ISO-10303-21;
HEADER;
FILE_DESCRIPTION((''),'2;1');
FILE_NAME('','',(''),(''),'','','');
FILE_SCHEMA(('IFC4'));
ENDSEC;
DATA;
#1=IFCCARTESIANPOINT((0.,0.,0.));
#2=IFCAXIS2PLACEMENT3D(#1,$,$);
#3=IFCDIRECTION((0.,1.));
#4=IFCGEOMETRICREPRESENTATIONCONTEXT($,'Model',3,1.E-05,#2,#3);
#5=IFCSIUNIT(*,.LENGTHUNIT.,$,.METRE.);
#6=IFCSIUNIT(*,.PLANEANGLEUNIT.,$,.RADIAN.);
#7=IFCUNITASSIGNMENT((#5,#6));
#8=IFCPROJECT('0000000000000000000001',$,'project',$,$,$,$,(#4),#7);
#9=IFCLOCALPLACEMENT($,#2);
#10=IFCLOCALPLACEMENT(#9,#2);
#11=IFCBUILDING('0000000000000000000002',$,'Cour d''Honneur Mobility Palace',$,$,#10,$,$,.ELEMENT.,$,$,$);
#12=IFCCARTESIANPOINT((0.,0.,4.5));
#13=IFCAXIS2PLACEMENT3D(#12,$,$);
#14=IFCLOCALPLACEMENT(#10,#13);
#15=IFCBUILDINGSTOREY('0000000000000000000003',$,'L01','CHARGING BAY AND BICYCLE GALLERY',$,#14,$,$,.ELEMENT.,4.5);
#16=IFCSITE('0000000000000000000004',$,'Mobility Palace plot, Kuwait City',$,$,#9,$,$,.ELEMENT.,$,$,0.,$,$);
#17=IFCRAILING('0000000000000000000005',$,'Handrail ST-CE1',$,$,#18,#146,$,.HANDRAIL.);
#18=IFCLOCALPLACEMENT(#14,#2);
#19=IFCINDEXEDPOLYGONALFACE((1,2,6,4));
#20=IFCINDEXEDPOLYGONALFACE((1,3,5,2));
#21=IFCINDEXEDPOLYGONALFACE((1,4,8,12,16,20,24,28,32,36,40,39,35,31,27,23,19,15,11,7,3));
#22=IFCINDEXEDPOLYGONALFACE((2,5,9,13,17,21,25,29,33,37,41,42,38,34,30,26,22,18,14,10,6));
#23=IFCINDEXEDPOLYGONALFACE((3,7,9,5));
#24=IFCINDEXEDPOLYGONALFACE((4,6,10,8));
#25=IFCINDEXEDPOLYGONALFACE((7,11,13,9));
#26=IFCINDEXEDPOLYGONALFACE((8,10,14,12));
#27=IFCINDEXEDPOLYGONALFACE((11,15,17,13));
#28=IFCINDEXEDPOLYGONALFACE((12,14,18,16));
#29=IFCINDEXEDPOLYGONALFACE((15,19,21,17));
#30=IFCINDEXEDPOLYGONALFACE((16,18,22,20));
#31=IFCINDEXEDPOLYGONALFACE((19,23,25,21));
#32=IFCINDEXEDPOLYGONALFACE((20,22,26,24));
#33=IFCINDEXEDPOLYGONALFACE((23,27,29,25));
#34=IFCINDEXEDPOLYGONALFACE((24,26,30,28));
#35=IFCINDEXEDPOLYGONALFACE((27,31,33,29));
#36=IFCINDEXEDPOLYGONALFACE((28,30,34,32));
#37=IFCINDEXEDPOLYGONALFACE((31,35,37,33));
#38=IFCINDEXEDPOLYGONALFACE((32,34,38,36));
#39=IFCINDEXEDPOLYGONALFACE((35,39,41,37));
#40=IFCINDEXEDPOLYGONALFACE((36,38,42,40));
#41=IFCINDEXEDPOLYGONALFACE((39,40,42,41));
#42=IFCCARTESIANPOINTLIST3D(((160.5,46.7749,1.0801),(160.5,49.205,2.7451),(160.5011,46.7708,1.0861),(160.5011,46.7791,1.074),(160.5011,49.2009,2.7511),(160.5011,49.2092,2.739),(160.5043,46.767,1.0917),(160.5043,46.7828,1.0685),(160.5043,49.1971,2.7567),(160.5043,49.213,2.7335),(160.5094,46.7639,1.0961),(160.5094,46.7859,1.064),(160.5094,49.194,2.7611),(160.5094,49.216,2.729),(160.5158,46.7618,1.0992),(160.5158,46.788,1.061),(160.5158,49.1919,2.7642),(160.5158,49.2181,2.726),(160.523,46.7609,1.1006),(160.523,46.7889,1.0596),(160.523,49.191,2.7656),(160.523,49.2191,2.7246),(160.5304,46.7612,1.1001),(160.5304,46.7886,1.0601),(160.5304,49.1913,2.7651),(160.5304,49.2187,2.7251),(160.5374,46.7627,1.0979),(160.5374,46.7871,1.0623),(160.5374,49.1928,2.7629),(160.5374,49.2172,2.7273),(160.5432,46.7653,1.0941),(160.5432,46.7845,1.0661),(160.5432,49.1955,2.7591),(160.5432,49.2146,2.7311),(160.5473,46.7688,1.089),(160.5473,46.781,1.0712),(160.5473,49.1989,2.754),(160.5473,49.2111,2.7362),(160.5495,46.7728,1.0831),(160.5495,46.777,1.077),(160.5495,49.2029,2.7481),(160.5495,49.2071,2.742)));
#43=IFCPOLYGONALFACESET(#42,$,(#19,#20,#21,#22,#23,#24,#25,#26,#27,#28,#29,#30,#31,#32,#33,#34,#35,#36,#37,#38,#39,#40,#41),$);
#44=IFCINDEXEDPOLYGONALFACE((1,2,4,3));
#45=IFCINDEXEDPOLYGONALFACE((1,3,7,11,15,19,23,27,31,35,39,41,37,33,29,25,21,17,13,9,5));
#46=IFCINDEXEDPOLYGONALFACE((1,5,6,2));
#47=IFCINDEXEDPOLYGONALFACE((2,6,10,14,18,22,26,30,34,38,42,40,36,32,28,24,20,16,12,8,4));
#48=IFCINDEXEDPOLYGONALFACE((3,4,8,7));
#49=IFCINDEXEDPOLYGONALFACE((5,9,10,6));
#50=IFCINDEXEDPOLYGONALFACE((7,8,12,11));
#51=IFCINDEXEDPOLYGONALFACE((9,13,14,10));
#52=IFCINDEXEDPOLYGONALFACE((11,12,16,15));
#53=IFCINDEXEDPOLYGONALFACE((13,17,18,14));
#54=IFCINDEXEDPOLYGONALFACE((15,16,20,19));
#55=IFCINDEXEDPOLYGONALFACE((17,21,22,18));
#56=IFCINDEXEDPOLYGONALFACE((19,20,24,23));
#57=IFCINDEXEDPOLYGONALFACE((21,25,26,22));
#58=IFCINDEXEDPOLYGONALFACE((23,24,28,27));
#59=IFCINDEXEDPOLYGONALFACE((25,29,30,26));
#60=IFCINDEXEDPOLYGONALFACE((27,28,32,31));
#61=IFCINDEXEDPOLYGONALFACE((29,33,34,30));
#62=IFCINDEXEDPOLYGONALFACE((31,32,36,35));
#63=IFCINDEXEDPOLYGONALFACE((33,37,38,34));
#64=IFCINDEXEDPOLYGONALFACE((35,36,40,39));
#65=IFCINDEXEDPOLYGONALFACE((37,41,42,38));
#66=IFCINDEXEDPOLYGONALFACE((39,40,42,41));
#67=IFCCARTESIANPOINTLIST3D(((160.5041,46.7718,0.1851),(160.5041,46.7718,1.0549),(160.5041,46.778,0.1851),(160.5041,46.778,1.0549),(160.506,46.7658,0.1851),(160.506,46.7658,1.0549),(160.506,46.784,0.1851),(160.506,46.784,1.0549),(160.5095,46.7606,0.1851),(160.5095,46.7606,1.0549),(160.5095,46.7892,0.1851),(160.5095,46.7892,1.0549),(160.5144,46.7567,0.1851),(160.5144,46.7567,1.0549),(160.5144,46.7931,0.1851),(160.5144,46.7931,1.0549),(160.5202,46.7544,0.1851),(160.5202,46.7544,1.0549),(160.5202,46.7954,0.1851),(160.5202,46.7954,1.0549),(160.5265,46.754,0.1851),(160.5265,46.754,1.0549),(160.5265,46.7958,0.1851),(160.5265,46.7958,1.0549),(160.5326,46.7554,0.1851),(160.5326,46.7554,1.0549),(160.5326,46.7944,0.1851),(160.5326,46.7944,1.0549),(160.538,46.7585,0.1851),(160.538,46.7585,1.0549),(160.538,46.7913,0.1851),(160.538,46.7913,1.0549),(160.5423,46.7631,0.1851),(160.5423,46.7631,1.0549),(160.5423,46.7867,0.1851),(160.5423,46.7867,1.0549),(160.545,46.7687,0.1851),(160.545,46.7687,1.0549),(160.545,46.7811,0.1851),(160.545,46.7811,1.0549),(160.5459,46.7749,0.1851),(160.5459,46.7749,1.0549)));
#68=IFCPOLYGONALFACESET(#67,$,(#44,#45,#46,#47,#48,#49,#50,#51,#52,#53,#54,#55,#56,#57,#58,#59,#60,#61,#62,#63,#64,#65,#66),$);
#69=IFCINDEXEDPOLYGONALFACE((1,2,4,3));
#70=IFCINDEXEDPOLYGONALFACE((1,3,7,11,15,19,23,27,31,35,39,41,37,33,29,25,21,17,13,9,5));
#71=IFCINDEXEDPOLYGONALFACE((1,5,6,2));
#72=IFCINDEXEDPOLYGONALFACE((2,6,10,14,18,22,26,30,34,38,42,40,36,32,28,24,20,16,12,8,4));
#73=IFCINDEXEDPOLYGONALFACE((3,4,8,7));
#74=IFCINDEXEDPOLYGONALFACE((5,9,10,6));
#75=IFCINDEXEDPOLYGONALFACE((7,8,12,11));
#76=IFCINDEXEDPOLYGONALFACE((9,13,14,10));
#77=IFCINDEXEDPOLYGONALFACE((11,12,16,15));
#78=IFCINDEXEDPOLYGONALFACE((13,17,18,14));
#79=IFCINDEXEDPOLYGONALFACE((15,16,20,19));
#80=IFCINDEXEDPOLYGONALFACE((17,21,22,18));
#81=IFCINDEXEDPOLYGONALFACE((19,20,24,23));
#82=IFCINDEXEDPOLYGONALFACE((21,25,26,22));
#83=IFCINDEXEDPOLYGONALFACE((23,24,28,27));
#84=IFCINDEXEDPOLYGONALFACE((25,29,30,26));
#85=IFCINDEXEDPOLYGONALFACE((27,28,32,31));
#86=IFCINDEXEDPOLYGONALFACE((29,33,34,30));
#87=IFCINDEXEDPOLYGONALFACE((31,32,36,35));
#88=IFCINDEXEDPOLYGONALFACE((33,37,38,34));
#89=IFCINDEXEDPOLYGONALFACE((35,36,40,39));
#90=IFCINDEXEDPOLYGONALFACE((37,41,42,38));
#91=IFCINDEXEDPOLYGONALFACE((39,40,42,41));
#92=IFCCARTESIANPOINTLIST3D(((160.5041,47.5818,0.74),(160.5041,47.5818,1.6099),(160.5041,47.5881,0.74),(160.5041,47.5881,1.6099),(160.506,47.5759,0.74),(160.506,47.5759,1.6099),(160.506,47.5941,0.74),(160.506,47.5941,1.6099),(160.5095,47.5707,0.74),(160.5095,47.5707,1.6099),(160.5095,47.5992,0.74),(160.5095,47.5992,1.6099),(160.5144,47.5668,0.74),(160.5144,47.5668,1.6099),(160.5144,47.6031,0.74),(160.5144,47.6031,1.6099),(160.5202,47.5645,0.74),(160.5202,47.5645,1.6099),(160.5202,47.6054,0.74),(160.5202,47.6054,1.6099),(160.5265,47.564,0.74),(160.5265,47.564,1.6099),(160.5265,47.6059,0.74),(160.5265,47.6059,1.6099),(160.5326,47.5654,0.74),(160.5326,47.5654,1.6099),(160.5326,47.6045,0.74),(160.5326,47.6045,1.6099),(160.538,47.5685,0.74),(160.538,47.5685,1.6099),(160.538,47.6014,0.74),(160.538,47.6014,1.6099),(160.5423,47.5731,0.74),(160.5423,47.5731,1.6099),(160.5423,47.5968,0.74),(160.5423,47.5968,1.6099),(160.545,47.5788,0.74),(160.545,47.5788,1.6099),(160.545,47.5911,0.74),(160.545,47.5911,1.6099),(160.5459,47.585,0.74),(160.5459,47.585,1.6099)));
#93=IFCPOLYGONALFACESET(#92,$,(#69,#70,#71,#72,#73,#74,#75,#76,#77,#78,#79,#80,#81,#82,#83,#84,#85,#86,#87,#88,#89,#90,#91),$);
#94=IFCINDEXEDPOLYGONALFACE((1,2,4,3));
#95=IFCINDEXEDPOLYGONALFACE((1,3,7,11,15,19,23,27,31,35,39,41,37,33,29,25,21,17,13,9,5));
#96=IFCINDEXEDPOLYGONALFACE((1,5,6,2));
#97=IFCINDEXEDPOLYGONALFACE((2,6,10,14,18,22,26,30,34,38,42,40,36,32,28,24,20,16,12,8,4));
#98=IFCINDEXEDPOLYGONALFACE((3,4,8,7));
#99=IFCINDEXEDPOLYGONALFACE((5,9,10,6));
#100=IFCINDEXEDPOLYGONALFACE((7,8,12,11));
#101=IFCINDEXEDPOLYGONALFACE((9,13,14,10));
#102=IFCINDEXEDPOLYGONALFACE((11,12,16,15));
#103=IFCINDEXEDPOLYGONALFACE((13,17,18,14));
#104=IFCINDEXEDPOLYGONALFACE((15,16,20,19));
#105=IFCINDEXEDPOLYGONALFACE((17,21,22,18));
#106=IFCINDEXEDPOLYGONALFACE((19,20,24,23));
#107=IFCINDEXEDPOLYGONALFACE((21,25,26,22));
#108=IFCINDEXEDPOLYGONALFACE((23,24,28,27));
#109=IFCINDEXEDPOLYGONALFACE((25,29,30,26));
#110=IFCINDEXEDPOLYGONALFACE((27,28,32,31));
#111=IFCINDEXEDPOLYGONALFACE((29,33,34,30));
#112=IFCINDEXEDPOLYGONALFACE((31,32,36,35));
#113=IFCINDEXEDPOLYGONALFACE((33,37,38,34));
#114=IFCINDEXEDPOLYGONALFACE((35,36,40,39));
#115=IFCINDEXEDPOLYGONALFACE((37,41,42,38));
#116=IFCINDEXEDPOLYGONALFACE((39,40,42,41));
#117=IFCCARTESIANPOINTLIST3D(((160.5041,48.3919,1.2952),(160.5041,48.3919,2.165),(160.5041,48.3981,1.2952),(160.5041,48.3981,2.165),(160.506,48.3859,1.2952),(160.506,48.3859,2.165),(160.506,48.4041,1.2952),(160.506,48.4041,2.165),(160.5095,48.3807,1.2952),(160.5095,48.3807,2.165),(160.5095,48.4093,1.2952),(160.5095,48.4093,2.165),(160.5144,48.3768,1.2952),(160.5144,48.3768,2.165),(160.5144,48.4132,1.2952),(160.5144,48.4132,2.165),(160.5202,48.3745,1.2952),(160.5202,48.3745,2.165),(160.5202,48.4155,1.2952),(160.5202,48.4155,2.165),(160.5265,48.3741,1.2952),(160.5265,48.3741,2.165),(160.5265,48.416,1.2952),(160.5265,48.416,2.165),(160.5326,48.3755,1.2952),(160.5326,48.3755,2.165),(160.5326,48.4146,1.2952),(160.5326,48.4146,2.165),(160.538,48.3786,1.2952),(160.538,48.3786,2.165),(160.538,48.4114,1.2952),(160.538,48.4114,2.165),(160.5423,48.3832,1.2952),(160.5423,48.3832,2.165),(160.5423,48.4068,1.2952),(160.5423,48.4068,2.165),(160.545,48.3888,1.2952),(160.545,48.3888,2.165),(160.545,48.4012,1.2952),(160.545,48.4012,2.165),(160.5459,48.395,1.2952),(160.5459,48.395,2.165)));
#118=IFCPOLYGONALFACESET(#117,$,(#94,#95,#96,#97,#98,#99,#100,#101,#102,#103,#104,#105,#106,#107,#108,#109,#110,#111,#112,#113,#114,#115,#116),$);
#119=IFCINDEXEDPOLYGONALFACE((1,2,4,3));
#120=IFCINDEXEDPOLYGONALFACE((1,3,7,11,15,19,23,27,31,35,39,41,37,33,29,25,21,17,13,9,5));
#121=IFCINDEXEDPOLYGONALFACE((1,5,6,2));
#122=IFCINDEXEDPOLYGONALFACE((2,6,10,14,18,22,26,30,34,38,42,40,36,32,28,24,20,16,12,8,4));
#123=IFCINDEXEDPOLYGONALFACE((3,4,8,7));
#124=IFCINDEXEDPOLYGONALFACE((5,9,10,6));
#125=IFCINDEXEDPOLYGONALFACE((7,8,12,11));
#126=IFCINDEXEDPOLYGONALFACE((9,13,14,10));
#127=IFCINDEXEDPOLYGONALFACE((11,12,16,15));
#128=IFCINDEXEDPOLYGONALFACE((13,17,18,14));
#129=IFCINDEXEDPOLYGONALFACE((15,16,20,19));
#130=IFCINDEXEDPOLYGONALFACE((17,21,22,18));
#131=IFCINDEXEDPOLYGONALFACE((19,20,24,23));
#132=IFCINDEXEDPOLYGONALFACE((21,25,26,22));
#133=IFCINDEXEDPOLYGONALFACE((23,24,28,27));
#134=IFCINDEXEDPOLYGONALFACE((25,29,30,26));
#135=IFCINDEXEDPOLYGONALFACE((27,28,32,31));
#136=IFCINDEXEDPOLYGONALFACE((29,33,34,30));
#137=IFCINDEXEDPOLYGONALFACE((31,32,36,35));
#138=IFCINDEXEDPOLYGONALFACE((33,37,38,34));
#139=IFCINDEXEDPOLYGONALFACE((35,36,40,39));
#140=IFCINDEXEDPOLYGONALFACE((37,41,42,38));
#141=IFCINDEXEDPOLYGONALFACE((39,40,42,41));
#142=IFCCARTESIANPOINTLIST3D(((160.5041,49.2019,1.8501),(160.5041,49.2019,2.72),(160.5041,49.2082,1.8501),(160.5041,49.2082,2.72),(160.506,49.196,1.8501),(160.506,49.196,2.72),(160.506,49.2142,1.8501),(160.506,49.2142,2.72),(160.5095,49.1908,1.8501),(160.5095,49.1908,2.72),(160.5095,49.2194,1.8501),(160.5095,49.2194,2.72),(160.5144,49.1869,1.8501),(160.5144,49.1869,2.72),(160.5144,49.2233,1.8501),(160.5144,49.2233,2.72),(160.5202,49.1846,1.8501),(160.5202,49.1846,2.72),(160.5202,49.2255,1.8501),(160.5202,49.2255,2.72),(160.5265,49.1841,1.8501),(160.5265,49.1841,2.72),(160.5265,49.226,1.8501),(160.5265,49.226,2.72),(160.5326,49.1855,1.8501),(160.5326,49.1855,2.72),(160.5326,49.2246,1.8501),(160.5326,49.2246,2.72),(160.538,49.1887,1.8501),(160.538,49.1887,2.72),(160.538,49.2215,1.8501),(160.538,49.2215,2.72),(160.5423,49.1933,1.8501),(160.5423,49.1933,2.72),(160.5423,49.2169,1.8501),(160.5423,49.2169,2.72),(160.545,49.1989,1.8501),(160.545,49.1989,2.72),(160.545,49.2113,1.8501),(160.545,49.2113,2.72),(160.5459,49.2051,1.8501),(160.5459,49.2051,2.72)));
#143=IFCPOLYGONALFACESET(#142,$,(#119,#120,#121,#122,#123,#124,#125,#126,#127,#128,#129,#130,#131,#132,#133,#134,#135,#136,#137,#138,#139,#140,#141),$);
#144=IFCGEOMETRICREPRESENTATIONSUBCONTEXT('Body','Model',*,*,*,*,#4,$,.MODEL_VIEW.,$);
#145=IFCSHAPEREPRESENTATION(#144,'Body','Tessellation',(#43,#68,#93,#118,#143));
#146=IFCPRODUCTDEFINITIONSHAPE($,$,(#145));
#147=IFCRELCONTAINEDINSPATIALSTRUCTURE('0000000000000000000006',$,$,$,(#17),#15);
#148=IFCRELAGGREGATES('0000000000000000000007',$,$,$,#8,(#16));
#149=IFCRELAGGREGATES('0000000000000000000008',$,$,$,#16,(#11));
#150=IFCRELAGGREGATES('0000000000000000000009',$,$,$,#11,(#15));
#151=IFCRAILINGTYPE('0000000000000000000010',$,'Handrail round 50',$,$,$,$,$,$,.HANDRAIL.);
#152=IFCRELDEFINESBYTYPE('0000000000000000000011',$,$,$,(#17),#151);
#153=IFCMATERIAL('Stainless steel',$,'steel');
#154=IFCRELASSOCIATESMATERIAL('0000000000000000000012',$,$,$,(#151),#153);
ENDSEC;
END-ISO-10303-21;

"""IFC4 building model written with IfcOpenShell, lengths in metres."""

from ifc_helpers import new_model, si_unit, direction, frame, origin, origin_2d, place, context, subcontext, project, spatial, circle, extrude, material, type_object, element, save


model = new_model("IFC4")

# Units and contexts
model_context = context("Model", 3, precision=1e-05, world=origin(), true_north=direction((0.0, 1.0)))
body_context = subcontext(model_context, "Body", "Model", "MODEL_VIEW")
ifc_project = project(units=[si_unit("LENGTHUNIT", "METRE"), si_unit("PLANEANGLEUNIT", "RADIAN")], contexts=[model_context])

# Site, building, storey
site_placement = place(None, origin())
site = spatial("IfcSite", under=ifc_project, at=site_placement, Name="Mobility Palace plot, Kuwait City", CompositionType="ELEMENT", RefElevation=0.0)
building_placement = place(site_placement, origin())
building = spatial("IfcBuilding", under=site, at=building_placement, Name="Cour d'Honneur Mobility Palace", CompositionType="ELEMENT")
storey_placement = place(building_placement, frame((0.0, 0.0, 4.5)))
storey = spatial("IfcBuildingStorey", under=building, at=storey_placement, Name="L01", Description="CHARGING BAY AND BICYCLE GALLERY", CompositionType="ELEMENT", Elevation=4.5)

# Railing
ifc_material_1 = material(Name="Stainless steel", Category="steel")
railing_type_1 = type_object("IfcRailingType", Name="Handrail round 50", PredefinedType="HANDRAIL", material=ifc_material_1)
for number, where, name in (
    (1, (160.5249, 46.7749, 0.1851), "Handrail ST-CE1"),
):
    element("IfcRailing", number, at=place(storey_placement, frame(where)), inside=storey, type_object=railing_type_1, Name=name, PredefinedType="HANDRAIL", context=body_context, shape_type="SweptSolid", body=[
        extrude(circle(Radius=0.0249, at=origin_2d()), frame((0.0, 0.0, 0.895), z_axis=(0.0, 0.824945, 0.565213), x_axis=(-1.0, 0.0, 0.0)), (0.0, 0.0, 1.0), 2.9458),
        extrude(circle(Radius=0.021, at=origin_2d()), origin(), (0.0, 0.0, 1.0), 0.8699),
        extrude(circle(Radius=0.021, at=origin_2d()), frame((0.0, 0.8101, 0.5549)), (0.0, 0.0, 1.0), 0.8699),
        extrude(circle(Radius=0.021, at=origin_2d()), frame((0.0, 1.6201, 1.1101)), (0.0, 0.0, 1.0), 0.8699),
        extrude(circle(Radius=0.021, at=origin_2d()), frame((0.0, 2.4302, 1.665)), (0.0, 0.0, 1.0), 0.8699),
    ])

save(model, "model.ifc")
